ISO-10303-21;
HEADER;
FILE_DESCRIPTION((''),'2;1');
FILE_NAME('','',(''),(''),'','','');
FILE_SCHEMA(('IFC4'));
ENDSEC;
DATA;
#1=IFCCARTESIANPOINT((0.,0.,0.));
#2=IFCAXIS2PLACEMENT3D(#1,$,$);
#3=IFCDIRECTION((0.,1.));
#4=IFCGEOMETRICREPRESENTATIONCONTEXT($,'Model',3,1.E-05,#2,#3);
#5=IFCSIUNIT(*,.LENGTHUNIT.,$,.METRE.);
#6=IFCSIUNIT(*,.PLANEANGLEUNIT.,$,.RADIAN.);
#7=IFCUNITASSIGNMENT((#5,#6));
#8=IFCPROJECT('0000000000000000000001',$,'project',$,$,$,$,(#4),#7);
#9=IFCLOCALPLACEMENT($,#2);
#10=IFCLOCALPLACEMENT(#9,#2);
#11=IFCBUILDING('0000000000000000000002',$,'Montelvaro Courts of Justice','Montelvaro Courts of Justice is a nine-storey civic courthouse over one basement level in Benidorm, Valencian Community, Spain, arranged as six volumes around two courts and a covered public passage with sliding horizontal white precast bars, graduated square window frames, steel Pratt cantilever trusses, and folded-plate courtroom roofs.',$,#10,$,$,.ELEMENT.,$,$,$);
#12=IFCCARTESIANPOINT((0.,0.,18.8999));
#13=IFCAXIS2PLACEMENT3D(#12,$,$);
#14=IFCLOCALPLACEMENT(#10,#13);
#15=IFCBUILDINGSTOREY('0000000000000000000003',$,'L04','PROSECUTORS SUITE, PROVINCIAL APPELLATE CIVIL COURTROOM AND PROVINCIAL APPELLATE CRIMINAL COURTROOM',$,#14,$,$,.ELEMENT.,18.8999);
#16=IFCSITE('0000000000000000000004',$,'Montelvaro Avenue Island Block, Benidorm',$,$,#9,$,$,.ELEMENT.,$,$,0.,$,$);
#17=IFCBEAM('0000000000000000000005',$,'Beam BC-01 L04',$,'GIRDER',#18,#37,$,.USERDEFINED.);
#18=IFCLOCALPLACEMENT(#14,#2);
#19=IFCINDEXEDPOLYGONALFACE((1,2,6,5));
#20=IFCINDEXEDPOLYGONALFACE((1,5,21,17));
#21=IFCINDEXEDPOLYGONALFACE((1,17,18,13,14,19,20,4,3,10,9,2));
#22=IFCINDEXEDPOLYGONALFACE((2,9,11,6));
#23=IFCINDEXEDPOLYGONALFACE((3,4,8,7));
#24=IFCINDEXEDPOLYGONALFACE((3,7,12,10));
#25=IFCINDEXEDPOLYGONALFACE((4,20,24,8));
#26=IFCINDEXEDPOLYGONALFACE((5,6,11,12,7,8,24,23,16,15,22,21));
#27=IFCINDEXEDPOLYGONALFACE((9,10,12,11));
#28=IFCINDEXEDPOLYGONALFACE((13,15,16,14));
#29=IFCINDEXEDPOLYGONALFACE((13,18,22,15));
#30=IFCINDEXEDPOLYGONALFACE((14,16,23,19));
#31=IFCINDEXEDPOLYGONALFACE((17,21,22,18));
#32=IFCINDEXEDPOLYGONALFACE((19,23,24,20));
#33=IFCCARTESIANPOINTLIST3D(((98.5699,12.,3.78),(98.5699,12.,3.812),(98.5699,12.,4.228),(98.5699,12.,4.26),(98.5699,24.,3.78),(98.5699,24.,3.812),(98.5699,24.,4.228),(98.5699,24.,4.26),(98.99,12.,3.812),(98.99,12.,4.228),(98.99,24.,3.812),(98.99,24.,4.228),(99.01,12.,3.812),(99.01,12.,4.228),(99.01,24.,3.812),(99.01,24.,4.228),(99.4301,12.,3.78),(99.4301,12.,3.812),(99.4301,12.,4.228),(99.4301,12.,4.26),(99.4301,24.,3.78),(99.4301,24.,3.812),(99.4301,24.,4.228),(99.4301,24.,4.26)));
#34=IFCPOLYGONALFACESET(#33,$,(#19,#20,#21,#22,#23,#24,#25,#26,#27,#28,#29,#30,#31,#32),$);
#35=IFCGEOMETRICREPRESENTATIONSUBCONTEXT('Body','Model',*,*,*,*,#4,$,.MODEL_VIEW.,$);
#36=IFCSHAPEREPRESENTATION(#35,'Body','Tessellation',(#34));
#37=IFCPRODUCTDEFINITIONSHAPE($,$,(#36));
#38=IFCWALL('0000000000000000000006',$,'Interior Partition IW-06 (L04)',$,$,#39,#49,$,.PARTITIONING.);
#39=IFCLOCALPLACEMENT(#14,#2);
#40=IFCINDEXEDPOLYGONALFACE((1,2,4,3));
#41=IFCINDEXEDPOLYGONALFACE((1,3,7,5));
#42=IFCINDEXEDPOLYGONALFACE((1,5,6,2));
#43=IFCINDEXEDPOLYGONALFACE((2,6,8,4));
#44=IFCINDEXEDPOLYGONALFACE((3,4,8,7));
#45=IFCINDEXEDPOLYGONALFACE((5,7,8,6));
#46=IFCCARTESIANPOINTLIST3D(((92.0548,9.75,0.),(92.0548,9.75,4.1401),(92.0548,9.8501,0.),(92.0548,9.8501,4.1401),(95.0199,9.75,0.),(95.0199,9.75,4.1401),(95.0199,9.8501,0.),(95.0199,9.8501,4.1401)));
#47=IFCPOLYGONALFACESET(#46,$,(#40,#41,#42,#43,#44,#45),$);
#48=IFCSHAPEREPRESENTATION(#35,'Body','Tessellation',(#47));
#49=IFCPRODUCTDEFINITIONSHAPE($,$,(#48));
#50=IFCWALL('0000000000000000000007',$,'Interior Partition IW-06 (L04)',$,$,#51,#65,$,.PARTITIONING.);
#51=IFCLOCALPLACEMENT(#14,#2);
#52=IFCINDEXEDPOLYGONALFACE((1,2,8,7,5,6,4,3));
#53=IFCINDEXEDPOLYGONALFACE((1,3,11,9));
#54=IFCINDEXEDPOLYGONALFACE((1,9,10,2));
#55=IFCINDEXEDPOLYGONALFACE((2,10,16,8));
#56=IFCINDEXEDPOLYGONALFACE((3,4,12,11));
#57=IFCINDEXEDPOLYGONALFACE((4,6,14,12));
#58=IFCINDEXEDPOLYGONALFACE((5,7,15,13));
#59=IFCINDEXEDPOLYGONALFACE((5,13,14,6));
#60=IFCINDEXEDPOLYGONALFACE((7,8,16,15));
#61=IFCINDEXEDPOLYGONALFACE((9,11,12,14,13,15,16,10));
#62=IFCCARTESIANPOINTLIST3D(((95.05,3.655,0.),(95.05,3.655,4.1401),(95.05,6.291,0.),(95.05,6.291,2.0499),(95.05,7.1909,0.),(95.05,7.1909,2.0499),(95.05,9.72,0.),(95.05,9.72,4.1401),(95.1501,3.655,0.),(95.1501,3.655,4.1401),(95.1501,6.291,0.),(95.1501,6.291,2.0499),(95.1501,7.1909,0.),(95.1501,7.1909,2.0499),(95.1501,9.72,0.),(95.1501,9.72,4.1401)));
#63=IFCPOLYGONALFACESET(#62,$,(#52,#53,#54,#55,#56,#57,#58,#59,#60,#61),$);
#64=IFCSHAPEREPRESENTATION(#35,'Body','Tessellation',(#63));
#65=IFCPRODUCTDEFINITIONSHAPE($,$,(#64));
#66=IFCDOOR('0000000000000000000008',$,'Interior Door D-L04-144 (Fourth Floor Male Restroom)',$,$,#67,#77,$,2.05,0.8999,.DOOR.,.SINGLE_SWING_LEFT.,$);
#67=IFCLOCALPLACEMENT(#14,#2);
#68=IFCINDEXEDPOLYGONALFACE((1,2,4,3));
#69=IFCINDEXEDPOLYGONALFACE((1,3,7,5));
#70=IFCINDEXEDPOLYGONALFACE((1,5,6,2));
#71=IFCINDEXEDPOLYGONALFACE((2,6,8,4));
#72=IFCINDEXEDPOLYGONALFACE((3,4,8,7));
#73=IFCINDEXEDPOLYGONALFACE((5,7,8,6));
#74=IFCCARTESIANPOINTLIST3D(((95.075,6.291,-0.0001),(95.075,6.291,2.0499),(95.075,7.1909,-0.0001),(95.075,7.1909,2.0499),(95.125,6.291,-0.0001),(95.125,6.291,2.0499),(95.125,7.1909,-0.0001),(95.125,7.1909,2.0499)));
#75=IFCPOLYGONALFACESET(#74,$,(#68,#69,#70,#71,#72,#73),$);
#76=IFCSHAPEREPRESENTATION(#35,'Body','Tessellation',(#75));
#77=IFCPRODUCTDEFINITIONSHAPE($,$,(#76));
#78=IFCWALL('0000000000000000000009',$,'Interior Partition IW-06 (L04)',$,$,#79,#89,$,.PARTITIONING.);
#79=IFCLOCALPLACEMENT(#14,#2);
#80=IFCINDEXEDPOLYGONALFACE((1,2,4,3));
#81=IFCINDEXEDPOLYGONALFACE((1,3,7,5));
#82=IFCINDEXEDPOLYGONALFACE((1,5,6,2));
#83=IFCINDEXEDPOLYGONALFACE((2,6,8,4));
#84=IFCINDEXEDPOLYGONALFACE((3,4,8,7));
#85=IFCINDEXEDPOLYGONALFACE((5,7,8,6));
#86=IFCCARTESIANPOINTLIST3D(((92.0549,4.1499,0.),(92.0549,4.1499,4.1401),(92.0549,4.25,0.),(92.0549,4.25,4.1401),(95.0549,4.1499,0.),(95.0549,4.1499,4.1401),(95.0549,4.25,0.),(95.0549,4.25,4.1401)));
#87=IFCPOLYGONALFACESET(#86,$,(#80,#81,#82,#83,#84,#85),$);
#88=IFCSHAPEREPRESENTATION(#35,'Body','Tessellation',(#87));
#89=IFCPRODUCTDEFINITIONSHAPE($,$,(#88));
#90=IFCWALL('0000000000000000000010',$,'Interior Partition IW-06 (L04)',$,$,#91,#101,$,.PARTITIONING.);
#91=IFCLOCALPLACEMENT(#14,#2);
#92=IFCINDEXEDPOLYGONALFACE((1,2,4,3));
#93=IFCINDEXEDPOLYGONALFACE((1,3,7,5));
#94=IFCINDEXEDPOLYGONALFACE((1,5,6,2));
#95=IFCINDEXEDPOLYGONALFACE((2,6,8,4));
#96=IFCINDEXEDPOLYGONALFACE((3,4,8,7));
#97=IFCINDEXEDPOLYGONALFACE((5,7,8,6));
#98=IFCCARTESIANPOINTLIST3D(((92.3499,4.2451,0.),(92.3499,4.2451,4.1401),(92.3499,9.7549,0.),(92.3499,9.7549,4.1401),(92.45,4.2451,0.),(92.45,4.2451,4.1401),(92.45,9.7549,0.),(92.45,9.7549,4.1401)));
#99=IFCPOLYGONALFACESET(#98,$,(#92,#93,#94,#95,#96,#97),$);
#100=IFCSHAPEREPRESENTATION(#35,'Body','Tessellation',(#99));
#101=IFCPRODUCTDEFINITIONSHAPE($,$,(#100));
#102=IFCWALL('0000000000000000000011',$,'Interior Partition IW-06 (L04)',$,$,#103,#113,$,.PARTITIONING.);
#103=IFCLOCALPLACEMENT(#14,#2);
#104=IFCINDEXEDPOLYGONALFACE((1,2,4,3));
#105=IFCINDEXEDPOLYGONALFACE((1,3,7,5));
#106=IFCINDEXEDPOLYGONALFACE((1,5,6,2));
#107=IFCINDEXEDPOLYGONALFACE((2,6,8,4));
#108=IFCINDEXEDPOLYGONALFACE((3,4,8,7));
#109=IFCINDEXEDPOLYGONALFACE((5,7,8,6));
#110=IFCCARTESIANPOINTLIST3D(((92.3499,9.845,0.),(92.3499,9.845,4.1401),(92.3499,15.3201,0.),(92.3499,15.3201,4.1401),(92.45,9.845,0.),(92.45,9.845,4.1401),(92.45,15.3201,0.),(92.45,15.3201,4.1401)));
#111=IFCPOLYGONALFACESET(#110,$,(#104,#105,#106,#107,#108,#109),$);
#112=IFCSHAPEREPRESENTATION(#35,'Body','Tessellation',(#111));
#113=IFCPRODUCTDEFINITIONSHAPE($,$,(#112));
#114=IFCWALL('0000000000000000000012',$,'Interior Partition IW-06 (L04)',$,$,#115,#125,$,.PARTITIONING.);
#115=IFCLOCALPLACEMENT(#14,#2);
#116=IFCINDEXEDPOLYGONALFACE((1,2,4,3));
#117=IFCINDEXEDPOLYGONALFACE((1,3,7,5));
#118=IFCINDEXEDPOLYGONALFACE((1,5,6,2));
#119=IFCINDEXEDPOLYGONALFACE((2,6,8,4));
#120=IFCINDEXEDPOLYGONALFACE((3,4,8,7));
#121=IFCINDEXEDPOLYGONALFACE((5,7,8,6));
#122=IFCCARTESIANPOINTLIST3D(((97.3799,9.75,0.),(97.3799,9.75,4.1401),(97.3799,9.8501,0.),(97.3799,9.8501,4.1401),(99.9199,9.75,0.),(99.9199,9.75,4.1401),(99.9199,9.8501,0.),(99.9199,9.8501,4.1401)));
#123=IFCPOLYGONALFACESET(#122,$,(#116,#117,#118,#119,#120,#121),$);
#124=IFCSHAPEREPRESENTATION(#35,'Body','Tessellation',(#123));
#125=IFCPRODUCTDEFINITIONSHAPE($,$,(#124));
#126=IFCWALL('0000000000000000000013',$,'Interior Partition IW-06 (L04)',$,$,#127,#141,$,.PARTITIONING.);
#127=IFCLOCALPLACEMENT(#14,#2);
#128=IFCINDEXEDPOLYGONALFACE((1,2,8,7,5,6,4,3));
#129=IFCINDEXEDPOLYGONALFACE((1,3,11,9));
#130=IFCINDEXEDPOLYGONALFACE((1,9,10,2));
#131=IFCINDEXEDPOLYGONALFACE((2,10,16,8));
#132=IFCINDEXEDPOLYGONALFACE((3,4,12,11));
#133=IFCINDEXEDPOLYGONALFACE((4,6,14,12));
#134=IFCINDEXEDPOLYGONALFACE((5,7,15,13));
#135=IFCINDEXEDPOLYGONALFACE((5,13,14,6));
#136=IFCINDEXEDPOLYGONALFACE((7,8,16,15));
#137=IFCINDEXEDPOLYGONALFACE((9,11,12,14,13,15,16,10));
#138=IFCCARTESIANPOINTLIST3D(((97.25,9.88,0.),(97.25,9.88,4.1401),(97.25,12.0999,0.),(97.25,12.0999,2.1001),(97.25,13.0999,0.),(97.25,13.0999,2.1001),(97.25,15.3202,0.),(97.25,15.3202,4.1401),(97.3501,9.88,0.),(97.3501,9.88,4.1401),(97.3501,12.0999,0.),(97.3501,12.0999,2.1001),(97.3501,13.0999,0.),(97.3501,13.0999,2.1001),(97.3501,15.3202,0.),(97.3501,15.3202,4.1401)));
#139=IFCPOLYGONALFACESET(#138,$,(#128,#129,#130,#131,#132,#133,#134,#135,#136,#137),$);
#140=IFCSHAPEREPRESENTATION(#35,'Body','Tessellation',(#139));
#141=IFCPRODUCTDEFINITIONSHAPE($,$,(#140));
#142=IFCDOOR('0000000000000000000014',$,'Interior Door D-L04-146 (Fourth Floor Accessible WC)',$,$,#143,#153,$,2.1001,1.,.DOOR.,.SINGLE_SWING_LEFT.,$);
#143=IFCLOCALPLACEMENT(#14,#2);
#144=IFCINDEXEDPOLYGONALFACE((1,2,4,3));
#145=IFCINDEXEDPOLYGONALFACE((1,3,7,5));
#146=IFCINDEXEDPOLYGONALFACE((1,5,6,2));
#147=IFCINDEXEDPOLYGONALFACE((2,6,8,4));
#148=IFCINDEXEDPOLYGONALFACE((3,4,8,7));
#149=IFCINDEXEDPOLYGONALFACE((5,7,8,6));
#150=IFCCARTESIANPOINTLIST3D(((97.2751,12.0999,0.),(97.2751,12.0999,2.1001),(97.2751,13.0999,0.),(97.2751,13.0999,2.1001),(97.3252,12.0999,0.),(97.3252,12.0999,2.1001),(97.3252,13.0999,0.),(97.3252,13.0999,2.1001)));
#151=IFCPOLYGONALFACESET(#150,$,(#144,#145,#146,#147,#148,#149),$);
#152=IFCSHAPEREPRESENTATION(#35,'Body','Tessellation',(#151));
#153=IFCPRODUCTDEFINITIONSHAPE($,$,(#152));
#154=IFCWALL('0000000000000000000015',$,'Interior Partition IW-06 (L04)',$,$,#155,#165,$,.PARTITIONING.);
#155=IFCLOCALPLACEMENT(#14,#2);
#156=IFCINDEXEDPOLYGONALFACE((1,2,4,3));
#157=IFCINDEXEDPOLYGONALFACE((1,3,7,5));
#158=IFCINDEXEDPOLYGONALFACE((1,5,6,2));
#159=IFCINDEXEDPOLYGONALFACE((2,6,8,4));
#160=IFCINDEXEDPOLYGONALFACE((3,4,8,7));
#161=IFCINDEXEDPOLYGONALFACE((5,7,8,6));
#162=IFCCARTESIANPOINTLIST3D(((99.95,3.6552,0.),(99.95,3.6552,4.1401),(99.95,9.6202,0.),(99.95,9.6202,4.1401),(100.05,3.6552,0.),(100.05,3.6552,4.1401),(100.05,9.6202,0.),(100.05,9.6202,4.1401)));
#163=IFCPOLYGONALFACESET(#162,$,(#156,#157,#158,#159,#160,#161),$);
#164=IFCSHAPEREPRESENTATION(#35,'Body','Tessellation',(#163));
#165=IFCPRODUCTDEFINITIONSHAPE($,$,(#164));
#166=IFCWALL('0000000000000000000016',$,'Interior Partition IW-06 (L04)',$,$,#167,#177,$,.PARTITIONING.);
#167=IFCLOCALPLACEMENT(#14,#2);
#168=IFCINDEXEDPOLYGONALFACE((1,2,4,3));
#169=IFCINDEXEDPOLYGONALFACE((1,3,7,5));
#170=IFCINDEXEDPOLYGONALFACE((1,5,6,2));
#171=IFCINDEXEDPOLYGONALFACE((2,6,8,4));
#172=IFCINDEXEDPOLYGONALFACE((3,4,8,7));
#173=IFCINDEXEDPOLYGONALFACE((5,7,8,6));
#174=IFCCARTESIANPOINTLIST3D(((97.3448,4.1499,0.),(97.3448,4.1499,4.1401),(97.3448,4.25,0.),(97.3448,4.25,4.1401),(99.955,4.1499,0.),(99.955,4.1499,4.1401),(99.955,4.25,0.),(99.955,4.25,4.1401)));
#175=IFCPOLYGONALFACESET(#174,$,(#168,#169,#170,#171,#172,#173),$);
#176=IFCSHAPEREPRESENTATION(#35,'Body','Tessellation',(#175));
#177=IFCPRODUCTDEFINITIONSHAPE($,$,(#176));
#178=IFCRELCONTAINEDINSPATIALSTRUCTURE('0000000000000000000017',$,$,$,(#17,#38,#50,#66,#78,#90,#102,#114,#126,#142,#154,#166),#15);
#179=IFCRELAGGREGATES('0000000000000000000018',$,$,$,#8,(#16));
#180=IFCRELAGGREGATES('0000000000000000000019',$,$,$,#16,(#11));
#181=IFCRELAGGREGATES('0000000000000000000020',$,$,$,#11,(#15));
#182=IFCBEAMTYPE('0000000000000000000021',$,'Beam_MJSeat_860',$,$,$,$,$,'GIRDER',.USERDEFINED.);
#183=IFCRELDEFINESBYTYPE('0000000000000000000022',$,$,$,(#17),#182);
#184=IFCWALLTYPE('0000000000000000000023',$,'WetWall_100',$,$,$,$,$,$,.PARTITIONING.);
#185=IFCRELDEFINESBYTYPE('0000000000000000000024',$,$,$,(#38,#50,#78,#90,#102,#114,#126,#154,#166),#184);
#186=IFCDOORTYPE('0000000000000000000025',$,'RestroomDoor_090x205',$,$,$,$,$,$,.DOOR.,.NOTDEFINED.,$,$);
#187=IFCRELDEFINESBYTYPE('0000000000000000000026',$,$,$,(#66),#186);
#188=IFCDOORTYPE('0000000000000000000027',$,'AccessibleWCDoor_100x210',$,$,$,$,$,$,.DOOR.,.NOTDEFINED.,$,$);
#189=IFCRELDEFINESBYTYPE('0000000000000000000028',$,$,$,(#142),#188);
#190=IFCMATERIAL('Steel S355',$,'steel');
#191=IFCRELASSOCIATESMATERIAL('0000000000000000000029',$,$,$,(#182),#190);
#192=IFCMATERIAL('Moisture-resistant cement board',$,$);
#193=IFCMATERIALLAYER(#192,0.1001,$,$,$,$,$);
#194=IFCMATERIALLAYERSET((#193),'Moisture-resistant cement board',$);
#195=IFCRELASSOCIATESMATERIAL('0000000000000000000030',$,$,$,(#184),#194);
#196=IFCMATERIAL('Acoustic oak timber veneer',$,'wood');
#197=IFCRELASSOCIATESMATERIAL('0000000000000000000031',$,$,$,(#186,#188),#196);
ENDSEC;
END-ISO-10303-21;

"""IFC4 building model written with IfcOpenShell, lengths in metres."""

from ifc_helpers import new_model, si_unit, direction, frame, frame_2d, origin, origin_2d, place, context, subcontext, project, spatial, rectangle, i_section, extrude, material, layer, layer_set, material_profile, profile_set, type_object, element, fill, save


model = new_model("IFC4")

# Units and contexts
model_context = context("Model", 3, precision=1e-05, world=origin(), true_north=direction((0.0, 1.0)))
body_context = subcontext(model_context, "Body", "Model", "MODEL_VIEW")
ifc_project = project(units=[si_unit("LENGTHUNIT", "METRE"), si_unit("PLANEANGLEUNIT", "RADIAN")], contexts=[model_context])

# Site, building, storey
site_placement = place(None, origin())
site = spatial("IfcSite", under=ifc_project, at=site_placement, Name="Montelvaro Avenue Island Block, Benidorm", CompositionType="ELEMENT", RefElevation=0.0)
building_placement = place(site_placement, origin())
building = spatial("IfcBuilding", under=site, at=building_placement, Name="Montelvaro Courts of Justice", Description="Montelvaro Courts of Justice is a nine-storey civic courthouse over one basement level in Benidorm, Valencian Community, Spain, arranged as six volumes around two courts and a covered public passage with sliding horizontal white precast bars, graduated square window frames, steel Pratt cantilever trusses, and folded-plate courtroom roofs.", CompositionType="ELEMENT")
storey_placement = place(building_placement, frame((0.0, 0.0, 18.8999)))
storey = spatial("IfcBuildingStorey", under=building, at=storey_placement, Name="L04", Description="PROSECUTORS SUITE, PROVINCIAL APPELLATE CIVIL COURTROOM AND PROVINCIAL APPELLATE CRIMINAL COURTROOM", CompositionType="ELEMENT", Elevation=18.8999)

# Shared definitions
ifc_material_1 = material(Name="Steel S355", Category="steel")

# Beam
ifc_material_profile_1 = material_profile(ifc_material_1, i_section(OverallWidth=0.8601, OverallDepth=0.48, WebThickness=0.02, FlangeThickness=0.032, at=origin_2d()), Name="HL 480x860")
ifc_profile_set_1 = profile_set([ifc_material_profile_1], Name="Steel S355")
beam_type_1 = type_object("IfcBeamType", Name="Beam_MJSeat_860", ElementType="GIRDER", PredefinedType="USERDEFINED", material=ifc_profile_set_1)
beam_1_placement = place(storey_placement, frame((99.0, 12.0, 4.02), z_axis=(0.0, 1.0, 0.0), x_axis=(-1.0, 0.0, 0.0)))
element("IfcBeam", 1, at=beam_1_placement, inside=storey, type_object=beam_type_1, Name="Beam BC-01 L04", ObjectType="GIRDER", PredefinedType="USERDEFINED", context=body_context, shape_type="SweptSolid", body=[
    extrude(i_section(OverallWidth=0.8601, OverallDepth=0.48, WebThickness=0.02, FlangeThickness=0.032, at=origin_2d()), origin(), (0.0, 0.0, 1.0), 12.0),
])

# Wall
ifc_material_2 = material(Name="Moisture-resistant cement board")
ifc_layer = layer(ifc_material_2, 0.1001)
ifc_layer_set = layer_set([ifc_layer], Name="Moisture-resistant cement board")
wall_type = type_object("IfcWallType", Name="WetWall_100", PredefinedType="PARTITIONING", material=ifc_layer_set)
wall_1_placement = place(storey_placement, frame((92.0549, 9.8, 0.0), z_axis=(0.0, 0.0, 1.0), x_axis=(1.0, 0.0, 0.0)))
element("IfcWall", 2, at=wall_1_placement, inside=storey, type_object=wall_type, Name="Interior Partition IW-06 (L04)", PredefinedType="PARTITIONING", context=body_context, shape_type="SweptSolid", body=[
    extrude(rectangle(XDim=2.9651, YDim=0.1001, at=frame_2d((1.4824, 0.0))), origin(), (0.0, 0.0, 1.0), 4.1401),
])

# Wall, opening, door
wall_2_placement = place(storey_placement, frame((95.1001, 9.72, 0.0), z_axis=(0.0, 0.0, 1.0), x_axis=(0.0, -1.0, 0.0)))
wall_2 = element("IfcWall", 3, at=wall_2_placement, inside=storey, type_object=wall_type, Name="Interior Partition IW-06 (L04)", PredefinedType="PARTITIONING", context=body_context, shape_type="SweptSolid", body=[
    extrude(rectangle(XDim=6.0649, YDim=0.1001, at=frame_2d((3.0325, 0.0))), origin(), (0.0, 0.0, 1.0), 4.1401),
])
opening_1_placement = place(wall_2_placement, frame((2.5291, 0.0, 0.0)))
opening_1 = element("IfcOpeningElement", 4, at=opening_1_placement, cuts=wall_2, PredefinedType="OPENING", context=body_context, shape_type="SweptSolid", body=[
    extrude(rectangle(XDim=0.8999, YDim=2.05, at=frame_2d((0.45, 1.0249))), frame((0.0, 0.0649, 0.0), z_axis=(0.0, -1.0, 0.0), x_axis=(1.0, 0.0, 0.0)), (0.0, 0.0, 1.0), 0.1299),
])
ifc_material_3 = material(Name="Acoustic oak timber veneer", Category="wood")
door_type_1 = type_object("IfcDoorType", Name="RestroomDoor_090x205", OperationType="NOTDEFINED", PredefinedType="DOOR", material=ifc_material_3)
door_1_placement = place(opening_1_placement, origin())
door_1 = element("IfcDoor", 5, at=door_1_placement, inside=storey, type_object=door_type_1, Name="Interior Door D-L04-144 (Fourth Floor Male Restroom)", OperationType="SINGLE_SWING_LEFT", OverallHeight=2.05, OverallWidth=0.8999, PredefinedType="DOOR", context=body_context, shape_type="SweptSolid", body=[
    extrude(rectangle(XDim=0.8999, YDim=2.05, at=frame_2d((0.45, 1.0249))), frame((0.0, 0.0249, 0.0), z_axis=(0.0, -1.0, 0.0), x_axis=(1.0, 0.0, 0.0)), (0.0, 0.0, 1.0), 0.05),
])
fill(opening_1, door_1)

# Walls
wall_3_placement = place(storey_placement, frame((95.0549, 4.2, 0.0), z_axis=(0.0, 0.0, 1.0), x_axis=(-1.0, 0.0, 0.0)))
element("IfcWall", 6, at=wall_3_placement, inside=storey, type_object=wall_type, Name="Interior Partition IW-06 (L04)", PredefinedType="PARTITIONING", context=body_context, shape_type="SweptSolid", body=[
    extrude(rectangle(XDim=3.0, YDim=0.1001, at=frame_2d((1.5, 0.0))), origin(), (0.0, 0.0, 1.0), 4.1401),
])
wall_4_placement = place(storey_placement, frame((92.3999, 4.2451, 0.0), z_axis=(0.0, 0.0, 1.0), x_axis=(0.0, 1.0, 0.0)))
element("IfcWall", 7, at=wall_4_placement, inside=storey, type_object=wall_type, Name="Interior Partition IW-06 (L04)", PredefinedType="PARTITIONING", context=body_context, shape_type="SweptSolid", body=[
    extrude(rectangle(XDim=5.5098, YDim=0.1001, at=frame_2d((2.7549, 0.0))), origin(), (0.0, 0.0, 1.0), 4.1401),
])
wall_5_placement = place(storey_placement, frame((92.3999, 9.845, 0.0), z_axis=(0.0, 0.0, 1.0), x_axis=(0.0, 1.0, 0.0)))
element("IfcWall", 8, at=wall_5_placement, inside=storey, type_object=wall_type, Name="Interior Partition IW-06 (L04)", PredefinedType="PARTITIONING", context=body_context, shape_type="SweptSolid", body=[
    extrude(rectangle(XDim=5.4751, YDim=0.1001, at=frame_2d((2.7375, 0.0))), origin(), (0.0, 0.0, 1.0), 4.1401),
])
wall_6_placement = place(storey_placement, frame((99.9199, 9.8, 0.0), z_axis=(0.0, 0.0, 1.0), x_axis=(-1.0, 0.0, 0.0)))
element("IfcWall", 9, at=wall_6_placement, inside=storey, type_object=wall_type, Name="Interior Partition IW-06 (L04)", PredefinedType="PARTITIONING", context=body_context, shape_type="SweptSolid", body=[
    extrude(rectangle(XDim=2.54, YDim=0.1001, at=frame_2d((1.27, 0.0))), origin(), (0.0, 0.0, 1.0), 4.1401),
])

# Wall, opening, door
wall_7_placement = place(storey_placement, frame((97.3, 9.8799, 0.0), z_axis=(0.0, 0.0, 1.0), x_axis=(0.0, 1.0, 0.0)))
wall_7 = element("IfcWall", 10, at=wall_7_placement, inside=storey, type_object=wall_type, Name="Interior Partition IW-06 (L04)", PredefinedType="PARTITIONING", context=body_context, shape_type="SweptSolid", body=[
    extrude(rectangle(XDim=5.4402, YDim=0.1001, at=frame_2d((2.7202, 0.0))), origin(), (0.0, 0.0, 1.0), 4.1401),
])
opening_2_placement = place(wall_7_placement, frame((2.22, 0.0, 0.0)))
opening_2 = element("IfcOpeningElement", 11, at=opening_2_placement, cuts=wall_7, PredefinedType="OPENING", context=body_context, shape_type="SweptSolid", body=[
    extrude(rectangle(XDim=1.0, YDim=2.1001, at=frame_2d((0.5, 1.05))), frame((0.0, 0.0649, 0.0), z_axis=(0.0, -1.0, 0.0), x_axis=(1.0, 0.0, 0.0)), (0.0, 0.0, 1.0), 0.1299),
])
door_type_2 = type_object("IfcDoorType", Name="AccessibleWCDoor_100x210", OperationType="NOTDEFINED", PredefinedType="DOOR", material=ifc_material_3)
door_2_placement = place(opening_2_placement, origin())
door_2 = element("IfcDoor", 12, at=door_2_placement, inside=storey, type_object=door_type_2, Name="Interior Door D-L04-146 (Fourth Floor Accessible WC)", OperationType="SINGLE_SWING_LEFT", OverallHeight=2.1001, OverallWidth=1.0, PredefinedType="DOOR", context=body_context, shape_type="SweptSolid", body=[
    extrude(rectangle(XDim=1.0, YDim=2.1001, at=frame_2d((0.5, 1.05))), frame((0.0, 0.0249, 0.0), z_axis=(0.0, -1.0, 0.0), x_axis=(1.0, 0.0, 0.0)), (0.0, 0.0, 1.0), 0.05),
])
fill(opening_2, door_2)

# Walls
wall_8_placement = place(storey_placement, frame((100.0, 9.6201, 0.0), z_axis=(0.0, 0.0, 1.0), x_axis=(0.0, -1.0, 0.0)))
element("IfcWall", 13, at=wall_8_placement, inside=storey, type_object=wall_type, Name="Interior Partition IW-06 (L04)", PredefinedType="PARTITIONING", context=body_context, shape_type="SweptSolid", body=[
    extrude(rectangle(XDim=5.9651, YDim=0.1001, at=frame_2d((2.9824, 0.0))), origin(), (0.0, 0.0, 1.0), 4.1401),
])
wall_9_placement = place(storey_placement, frame((99.9551, 4.2, 0.0), z_axis=(0.0, 0.0, 1.0), x_axis=(-1.0, 0.0, 0.0)))
element("IfcWall", 14, at=wall_9_placement, inside=storey, type_object=wall_type, Name="Interior Partition IW-06 (L04)", PredefinedType="PARTITIONING", context=body_context, shape_type="SweptSolid", body=[
    extrude(rectangle(XDim=2.6101, YDim=0.1001, at=frame_2d((1.3052, 0.0))), origin(), (0.0, 0.0, 1.0), 4.1401),
])

save(model, "model.ifc")
